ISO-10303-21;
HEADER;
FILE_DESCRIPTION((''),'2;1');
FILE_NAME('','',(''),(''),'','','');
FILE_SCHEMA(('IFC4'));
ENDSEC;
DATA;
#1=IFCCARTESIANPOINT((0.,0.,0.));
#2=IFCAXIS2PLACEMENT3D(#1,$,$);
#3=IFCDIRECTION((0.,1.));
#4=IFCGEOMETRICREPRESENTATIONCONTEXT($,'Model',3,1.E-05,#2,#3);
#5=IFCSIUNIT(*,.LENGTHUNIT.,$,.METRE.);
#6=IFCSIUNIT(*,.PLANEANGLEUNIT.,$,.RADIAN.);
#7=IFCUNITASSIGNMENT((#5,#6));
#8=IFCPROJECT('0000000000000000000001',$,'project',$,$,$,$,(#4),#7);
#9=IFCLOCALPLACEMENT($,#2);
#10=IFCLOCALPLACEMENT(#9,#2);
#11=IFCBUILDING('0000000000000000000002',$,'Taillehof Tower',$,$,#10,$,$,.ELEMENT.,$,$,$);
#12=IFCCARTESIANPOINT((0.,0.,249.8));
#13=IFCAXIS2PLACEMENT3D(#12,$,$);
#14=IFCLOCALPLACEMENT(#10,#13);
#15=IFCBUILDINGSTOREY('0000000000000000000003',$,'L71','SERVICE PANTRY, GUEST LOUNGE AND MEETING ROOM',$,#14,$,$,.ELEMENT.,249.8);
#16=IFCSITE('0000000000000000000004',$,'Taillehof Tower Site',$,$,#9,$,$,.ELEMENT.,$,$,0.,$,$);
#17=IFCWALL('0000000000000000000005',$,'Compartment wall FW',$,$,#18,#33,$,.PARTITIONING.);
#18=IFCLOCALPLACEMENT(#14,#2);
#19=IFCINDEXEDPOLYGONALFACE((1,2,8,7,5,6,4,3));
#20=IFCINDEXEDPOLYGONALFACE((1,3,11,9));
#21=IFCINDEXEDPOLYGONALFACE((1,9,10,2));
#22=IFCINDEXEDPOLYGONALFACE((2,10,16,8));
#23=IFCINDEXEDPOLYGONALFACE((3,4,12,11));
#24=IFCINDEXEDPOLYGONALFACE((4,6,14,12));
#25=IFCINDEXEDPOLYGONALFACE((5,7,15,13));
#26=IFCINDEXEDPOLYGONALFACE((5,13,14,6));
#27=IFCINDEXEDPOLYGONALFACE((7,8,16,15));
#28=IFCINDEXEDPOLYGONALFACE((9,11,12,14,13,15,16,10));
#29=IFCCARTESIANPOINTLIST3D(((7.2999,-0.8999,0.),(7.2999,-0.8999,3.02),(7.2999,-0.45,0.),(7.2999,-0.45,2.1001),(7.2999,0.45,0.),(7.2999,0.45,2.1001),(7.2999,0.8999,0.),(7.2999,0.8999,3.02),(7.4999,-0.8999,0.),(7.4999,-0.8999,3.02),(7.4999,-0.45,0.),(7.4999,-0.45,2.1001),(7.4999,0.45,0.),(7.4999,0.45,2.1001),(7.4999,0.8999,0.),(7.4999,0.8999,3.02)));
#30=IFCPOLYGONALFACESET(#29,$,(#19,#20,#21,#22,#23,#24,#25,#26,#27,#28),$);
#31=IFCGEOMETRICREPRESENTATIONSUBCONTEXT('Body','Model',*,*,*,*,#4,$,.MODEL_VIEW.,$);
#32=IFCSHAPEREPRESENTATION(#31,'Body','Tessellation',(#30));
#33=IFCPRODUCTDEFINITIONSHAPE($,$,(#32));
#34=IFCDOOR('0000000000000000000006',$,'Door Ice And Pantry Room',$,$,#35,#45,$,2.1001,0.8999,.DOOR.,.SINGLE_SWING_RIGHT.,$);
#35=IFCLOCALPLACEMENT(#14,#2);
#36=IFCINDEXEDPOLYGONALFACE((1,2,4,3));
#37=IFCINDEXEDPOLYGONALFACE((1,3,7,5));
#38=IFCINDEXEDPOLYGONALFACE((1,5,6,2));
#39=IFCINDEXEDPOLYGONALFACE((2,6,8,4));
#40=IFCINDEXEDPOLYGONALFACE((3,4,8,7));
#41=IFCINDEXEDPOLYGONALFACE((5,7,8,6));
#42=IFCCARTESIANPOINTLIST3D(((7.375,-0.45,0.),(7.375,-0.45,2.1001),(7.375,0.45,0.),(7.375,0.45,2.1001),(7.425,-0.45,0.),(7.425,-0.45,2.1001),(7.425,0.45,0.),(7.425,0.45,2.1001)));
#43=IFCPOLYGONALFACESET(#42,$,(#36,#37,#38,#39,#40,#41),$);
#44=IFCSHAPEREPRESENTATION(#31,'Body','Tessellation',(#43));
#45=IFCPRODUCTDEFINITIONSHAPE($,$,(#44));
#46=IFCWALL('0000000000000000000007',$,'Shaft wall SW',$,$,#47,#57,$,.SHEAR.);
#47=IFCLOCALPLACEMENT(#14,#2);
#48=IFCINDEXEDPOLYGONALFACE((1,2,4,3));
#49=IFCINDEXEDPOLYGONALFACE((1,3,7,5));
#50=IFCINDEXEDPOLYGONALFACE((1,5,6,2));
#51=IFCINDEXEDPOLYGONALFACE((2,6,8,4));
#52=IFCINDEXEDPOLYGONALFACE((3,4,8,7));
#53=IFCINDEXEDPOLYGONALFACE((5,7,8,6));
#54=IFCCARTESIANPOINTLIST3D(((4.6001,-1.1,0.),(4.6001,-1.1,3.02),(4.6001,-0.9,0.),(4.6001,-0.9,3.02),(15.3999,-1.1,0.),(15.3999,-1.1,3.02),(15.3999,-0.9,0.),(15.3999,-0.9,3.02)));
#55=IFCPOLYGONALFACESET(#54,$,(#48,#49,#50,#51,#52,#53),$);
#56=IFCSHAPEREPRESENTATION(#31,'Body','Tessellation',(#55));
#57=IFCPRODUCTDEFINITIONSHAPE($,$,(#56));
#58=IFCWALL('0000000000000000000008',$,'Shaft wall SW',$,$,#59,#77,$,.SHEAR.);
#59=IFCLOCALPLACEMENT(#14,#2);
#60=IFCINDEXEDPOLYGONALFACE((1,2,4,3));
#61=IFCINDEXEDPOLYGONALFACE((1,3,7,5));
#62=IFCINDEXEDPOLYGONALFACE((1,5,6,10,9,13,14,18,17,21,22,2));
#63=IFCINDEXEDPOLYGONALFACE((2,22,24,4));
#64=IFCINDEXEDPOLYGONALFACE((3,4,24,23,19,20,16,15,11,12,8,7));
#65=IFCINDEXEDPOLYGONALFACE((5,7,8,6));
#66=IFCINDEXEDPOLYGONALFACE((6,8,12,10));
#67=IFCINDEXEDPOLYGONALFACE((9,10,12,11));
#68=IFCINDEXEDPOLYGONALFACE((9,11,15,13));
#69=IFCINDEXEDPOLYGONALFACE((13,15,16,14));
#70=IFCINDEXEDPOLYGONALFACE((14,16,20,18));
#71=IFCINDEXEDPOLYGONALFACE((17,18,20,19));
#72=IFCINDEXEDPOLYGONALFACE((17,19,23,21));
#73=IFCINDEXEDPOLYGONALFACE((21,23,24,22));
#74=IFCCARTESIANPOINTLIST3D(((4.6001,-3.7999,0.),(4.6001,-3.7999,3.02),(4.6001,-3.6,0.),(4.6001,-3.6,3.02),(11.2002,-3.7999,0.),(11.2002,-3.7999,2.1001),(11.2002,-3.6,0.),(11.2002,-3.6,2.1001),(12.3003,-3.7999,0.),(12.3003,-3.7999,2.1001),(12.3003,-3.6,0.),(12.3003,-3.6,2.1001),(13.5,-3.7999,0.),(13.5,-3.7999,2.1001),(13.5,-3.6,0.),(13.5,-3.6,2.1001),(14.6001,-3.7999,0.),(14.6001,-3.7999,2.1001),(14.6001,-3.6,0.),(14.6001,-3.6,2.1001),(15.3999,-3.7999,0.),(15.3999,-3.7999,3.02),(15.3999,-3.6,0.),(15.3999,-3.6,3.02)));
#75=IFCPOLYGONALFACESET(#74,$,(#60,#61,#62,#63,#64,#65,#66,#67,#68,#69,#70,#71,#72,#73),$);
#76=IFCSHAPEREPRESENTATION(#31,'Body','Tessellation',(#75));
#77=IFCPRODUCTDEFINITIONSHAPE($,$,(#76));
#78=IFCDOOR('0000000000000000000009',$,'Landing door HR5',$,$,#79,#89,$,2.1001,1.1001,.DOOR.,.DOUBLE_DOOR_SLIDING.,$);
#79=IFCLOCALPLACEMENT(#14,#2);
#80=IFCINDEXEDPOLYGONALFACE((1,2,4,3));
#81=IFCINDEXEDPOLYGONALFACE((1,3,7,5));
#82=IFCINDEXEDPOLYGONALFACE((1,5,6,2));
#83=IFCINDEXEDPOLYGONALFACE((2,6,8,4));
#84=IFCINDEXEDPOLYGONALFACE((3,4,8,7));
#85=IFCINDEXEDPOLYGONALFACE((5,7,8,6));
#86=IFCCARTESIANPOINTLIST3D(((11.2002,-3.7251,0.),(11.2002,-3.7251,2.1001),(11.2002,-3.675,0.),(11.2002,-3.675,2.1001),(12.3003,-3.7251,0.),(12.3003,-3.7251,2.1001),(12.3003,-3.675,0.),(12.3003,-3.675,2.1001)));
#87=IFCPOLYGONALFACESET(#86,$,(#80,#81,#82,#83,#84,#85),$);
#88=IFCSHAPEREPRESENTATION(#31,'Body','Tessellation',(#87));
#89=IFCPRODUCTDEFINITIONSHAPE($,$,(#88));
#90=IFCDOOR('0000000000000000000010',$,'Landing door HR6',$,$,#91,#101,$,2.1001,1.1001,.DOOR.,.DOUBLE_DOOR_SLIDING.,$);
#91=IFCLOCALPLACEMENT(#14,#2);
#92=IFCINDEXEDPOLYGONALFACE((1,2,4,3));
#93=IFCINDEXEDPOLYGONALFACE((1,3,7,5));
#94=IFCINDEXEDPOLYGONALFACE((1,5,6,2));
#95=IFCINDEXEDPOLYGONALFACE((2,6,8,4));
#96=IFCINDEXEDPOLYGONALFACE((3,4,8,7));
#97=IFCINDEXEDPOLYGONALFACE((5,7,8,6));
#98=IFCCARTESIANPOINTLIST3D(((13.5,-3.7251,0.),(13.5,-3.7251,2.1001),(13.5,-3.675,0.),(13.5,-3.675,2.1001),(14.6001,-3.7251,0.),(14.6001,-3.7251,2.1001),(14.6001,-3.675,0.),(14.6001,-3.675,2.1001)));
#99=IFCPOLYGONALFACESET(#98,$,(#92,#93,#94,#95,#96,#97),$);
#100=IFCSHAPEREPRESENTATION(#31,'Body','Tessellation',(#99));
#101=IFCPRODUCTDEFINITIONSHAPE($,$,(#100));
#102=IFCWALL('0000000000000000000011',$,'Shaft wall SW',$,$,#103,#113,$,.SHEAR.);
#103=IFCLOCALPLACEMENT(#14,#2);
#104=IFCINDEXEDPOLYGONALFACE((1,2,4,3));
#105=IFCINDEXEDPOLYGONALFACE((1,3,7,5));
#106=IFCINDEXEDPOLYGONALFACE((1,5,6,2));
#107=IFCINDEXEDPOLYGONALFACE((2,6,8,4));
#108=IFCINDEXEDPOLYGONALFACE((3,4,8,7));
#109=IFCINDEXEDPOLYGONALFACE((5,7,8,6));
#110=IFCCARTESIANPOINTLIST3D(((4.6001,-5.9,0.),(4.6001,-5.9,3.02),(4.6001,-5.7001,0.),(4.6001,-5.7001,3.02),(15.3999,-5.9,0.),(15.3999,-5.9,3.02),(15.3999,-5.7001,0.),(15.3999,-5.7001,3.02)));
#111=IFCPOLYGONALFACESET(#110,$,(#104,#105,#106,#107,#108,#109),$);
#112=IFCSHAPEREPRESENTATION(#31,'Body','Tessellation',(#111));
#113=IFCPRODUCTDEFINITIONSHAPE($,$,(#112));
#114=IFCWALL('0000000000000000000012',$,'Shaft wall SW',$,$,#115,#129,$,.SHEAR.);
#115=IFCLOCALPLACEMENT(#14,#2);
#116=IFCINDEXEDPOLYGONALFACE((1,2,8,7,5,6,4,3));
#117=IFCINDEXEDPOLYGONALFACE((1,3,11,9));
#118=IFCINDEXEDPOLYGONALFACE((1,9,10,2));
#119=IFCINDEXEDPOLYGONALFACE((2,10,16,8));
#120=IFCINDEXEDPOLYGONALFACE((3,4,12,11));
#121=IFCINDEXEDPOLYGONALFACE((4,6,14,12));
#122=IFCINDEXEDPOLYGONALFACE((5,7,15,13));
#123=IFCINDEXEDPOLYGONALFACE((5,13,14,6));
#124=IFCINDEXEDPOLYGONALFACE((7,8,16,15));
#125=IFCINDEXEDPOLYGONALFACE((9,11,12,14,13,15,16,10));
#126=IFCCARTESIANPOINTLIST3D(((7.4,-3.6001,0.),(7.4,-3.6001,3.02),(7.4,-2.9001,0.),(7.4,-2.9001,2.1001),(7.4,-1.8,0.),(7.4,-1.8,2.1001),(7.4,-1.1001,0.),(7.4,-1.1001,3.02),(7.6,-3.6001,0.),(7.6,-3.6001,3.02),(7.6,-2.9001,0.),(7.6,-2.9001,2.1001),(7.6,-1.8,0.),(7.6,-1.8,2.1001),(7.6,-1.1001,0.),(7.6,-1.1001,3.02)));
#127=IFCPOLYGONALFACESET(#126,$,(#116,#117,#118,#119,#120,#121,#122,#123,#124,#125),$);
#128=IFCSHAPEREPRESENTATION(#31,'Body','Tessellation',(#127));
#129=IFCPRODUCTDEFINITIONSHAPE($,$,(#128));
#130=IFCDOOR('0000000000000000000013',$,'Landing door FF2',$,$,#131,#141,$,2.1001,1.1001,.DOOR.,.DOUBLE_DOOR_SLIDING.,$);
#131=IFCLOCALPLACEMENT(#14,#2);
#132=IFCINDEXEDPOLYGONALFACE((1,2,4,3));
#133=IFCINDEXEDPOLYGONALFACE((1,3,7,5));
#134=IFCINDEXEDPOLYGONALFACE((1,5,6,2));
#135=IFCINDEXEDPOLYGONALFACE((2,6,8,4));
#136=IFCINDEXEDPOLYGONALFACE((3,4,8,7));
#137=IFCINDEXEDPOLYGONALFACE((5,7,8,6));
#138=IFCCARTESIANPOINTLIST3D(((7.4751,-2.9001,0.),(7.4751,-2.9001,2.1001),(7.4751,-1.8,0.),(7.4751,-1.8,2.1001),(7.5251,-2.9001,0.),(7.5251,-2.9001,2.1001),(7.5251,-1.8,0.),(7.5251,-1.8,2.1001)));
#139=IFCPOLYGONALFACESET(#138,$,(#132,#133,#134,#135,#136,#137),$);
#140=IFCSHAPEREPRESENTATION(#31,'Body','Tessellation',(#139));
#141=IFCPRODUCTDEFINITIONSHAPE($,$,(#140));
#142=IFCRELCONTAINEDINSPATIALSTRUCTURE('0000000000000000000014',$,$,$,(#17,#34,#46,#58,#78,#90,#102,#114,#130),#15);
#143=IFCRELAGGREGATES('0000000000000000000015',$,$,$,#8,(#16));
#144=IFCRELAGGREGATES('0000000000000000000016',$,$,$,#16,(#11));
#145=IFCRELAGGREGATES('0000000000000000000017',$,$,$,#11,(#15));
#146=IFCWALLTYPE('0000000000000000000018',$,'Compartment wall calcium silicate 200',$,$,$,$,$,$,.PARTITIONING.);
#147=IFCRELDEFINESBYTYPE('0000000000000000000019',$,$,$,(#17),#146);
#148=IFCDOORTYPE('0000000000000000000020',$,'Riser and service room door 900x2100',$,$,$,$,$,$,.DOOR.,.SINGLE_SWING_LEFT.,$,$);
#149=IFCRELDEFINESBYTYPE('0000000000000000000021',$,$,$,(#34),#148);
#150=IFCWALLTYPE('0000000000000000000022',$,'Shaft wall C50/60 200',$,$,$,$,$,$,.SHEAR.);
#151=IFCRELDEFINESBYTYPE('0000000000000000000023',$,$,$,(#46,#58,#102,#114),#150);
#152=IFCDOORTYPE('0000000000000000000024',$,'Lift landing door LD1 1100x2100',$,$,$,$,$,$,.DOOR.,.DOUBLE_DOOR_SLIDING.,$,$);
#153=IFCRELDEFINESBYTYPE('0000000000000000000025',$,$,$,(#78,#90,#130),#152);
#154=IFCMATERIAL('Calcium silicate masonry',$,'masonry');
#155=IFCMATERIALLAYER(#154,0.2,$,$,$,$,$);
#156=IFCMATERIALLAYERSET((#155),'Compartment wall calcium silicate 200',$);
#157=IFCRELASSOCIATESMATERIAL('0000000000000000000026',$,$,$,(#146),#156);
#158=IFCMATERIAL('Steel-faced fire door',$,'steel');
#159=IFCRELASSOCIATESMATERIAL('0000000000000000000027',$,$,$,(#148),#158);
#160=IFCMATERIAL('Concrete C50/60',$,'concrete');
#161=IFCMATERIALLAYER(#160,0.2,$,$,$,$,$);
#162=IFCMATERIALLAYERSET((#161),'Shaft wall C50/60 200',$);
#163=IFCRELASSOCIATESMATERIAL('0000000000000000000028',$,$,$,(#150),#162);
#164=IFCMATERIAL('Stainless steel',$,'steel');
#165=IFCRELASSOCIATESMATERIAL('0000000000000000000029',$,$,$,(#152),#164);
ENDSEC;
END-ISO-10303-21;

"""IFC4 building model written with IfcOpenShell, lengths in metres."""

from ifc_helpers import new_model, si_unit, direction, frame, frame_2d, origin, place, context, subcontext, project, spatial, rectangle, extrude, material, layer, layer_set, type_object, element, fill, save


model = new_model("IFC4")

# Units and contexts
model_context = context("Model", 3, precision=1e-05, world=origin(), true_north=direction((0.0, 1.0)))
body_context = subcontext(model_context, "Body", "Model", "MODEL_VIEW")
ifc_project = project(units=[si_unit("LENGTHUNIT", "METRE"), si_unit("PLANEANGLEUNIT", "RADIAN")], contexts=[model_context])

# Site, building, storey
site_placement = place(None, origin())
site = spatial("IfcSite", under=ifc_project, at=site_placement, Name="Taillehof Tower Site", CompositionType="ELEMENT", RefElevation=0.0)
building_placement = place(site_placement, origin())
building = spatial("IfcBuilding", under=site, at=building_placement, Name="Taillehof Tower", CompositionType="ELEMENT")
storey_placement = place(building_placement, frame((0.0, 0.0, 249.8)))
storey = spatial("IfcBuildingStorey", under=building, at=storey_placement, Name="L71", Description="SERVICE PANTRY, GUEST LOUNGE AND MEETING ROOM", CompositionType="ELEMENT", Elevation=249.8)

# Wall, opening, door
ifc_material_1 = material(Name="Calcium silicate masonry", Category="masonry")
ifc_layer_1 = layer(ifc_material_1, 0.2)
ifc_layer_set_1 = layer_set([ifc_layer_1], Name="Compartment wall calcium silicate 200")
wall_type_1 = type_object("IfcWallType", Name="Compartment wall calcium silicate 200", PredefinedType="PARTITIONING", material=ifc_layer_set_1)
wall_1_placement = place(storey_placement, frame((7.3999, -0.8999, 0.0), z_axis=(0.0, 0.0, 1.0), x_axis=(0.0, 1.0, 0.0)))
wall_1 = element("IfcWall", 1, at=wall_1_placement, inside=storey, type_object=wall_type_1, Name="Compartment wall FW", PredefinedType="PARTITIONING", context=body_context, shape_type="SweptSolid", body=[
    extrude(rectangle(XDim=1.7998, YDim=0.2, at=frame_2d((0.8999, 0.0))), origin(), (0.0, 0.0, 1.0), 3.02),
])
opening_1_placement = place(wall_1_placement, frame((0.45, 0.0, 0.0)))
opening_1 = element("IfcOpeningElement", 2, at=opening_1_placement, cuts=wall_1, PredefinedType="OPENING", context=body_context, shape_type="SweptSolid", body=[
    extrude(rectangle(XDim=0.8999, YDim=2.1001, at=frame_2d((0.45, 1.05))), frame((0.0, 0.1099, 0.0), z_axis=(0.0, -1.0, 0.0), x_axis=(1.0, 0.0, 0.0)), (0.0, 0.0, 1.0), 0.22),
])
ifc_material_2 = material(Name="Steel-faced fire door", Category="steel")
door_type_1 = type_object("IfcDoorType", Name="Riser and service room door 900x2100", OperationType="SINGLE_SWING_LEFT", PredefinedType="DOOR", material=ifc_material_2)
door_1_placement = place(opening_1_placement, origin())
door_1 = element("IfcDoor", 3, at=door_1_placement, inside=storey, type_object=door_type_1, Name="Door Ice And Pantry Room", OperationType="SINGLE_SWING_RIGHT", OverallHeight=2.1001, OverallWidth=0.8999, PredefinedType="DOOR", context=body_context, shape_type="SweptSolid", body=[
    extrude(rectangle(XDim=0.8999, YDim=2.1001, at=frame_2d((0.45, 1.05))), frame((0.0, 0.0249, 0.0), z_axis=(0.0, -1.0, 0.0), x_axis=(1.0, 0.0, 0.0)), (0.0, 0.0, 1.0), 0.05),
])
fill(opening_1, door_1)

# Wall
ifc_material_3 = material(Name="Concrete C50/60", Category="concrete")
ifc_layer_2 = layer(ifc_material_3, 0.2)
ifc_layer_set_2 = layer_set([ifc_layer_2], Name="Shaft wall C50/60 200")
wall_type_2 = type_object("IfcWallType", Name="Shaft wall C50/60 200", PredefinedType="SHEAR", material=ifc_layer_set_2)
wall_2_placement = place(storey_placement, frame((4.6001, -1.0, 0.0), z_axis=(0.0, 0.0, 1.0), x_axis=(1.0, 0.0, 0.0)))
element("IfcWall", 4, at=wall_2_placement, inside=storey, type_object=wall_type_2, Name="Shaft wall SW", PredefinedType="SHEAR", context=body_context, shape_type="SweptSolid", body=[
    extrude(rectangle(XDim=10.7998, YDim=0.2, at=frame_2d((5.3999, 0.0))), origin(), (0.0, 0.0, 1.0), 3.02),
])

# Wall, openings, doors
wall_3_placement = place(storey_placement, frame((4.6001, -3.7, 0.0), z_axis=(0.0, 0.0, 1.0), x_axis=(1.0, 0.0, 0.0)))
wall_3 = element("IfcWall", 5, at=wall_3_placement, inside=storey, type_object=wall_type_2, Name="Shaft wall SW", PredefinedType="SHEAR", context=body_context, shape_type="SweptSolid", body=[
    extrude(rectangle(XDim=10.7998, YDim=0.2, at=frame_2d((5.3999, 0.0))), origin(), (0.0, 0.0, 1.0), 3.02),
])
opening_2_placement = place(wall_3_placement, frame((6.6001, 0.0, 0.0)))
opening_2 = element("IfcOpeningElement", 6, at=opening_2_placement, cuts=wall_3, PredefinedType="OPENING", context=body_context, shape_type="SweptSolid", body=[
    extrude(rectangle(XDim=1.1001, YDim=2.1001, at=frame_2d((0.55, 1.05))), frame((0.0, 0.1099, 0.0), z_axis=(0.0, -1.0, 0.0), x_axis=(1.0, 0.0, 0.0)), (0.0, 0.0, 1.0), 0.22),
])
opening_3_placement = place(wall_3_placement, frame((8.8999, 0.0, 0.0)))
opening_3 = element("IfcOpeningElement", 7, at=opening_3_placement, cuts=wall_3, PredefinedType="OPENING", context=body_context, shape_type="SweptSolid", body=[
    extrude(rectangle(XDim=1.1001, YDim=2.1001, at=frame_2d((0.55, 1.05))), frame((0.0, 0.1099, 0.0), z_axis=(0.0, -1.0, 0.0), x_axis=(1.0, 0.0, 0.0)), (0.0, 0.0, 1.0), 0.22),
])
ifc_material_4 = material(Name="Stainless steel", Category="steel")
door_type_2 = type_object("IfcDoorType", Name="Lift landing door LD1 1100x2100", OperationType="DOUBLE_DOOR_SLIDING", PredefinedType="DOOR", material=ifc_material_4)
door_2_placement = place(opening_2_placement, origin())
door_2 = element("IfcDoor", 8, at=door_2_placement, inside=storey, type_object=door_type_2, Name="Landing door HR5", OperationType="DOUBLE_DOOR_SLIDING", OverallHeight=2.1001, OverallWidth=1.1001, PredefinedType="DOOR", context=body_context, shape_type="SweptSolid", body=[
    extrude(rectangle(XDim=1.1001, YDim=2.1001, at=frame_2d((0.55, 1.05))), frame((0.0, 0.0249, 0.0), z_axis=(0.0, -1.0, 0.0), x_axis=(1.0, 0.0, 0.0)), (0.0, 0.0, 1.0), 0.05),
])
fill(opening_2, door_2)
door_3_placement = place(opening_3_placement, origin())
door_3 = element("IfcDoor", 9, at=door_3_placement, inside=storey, type_object=door_type_2, Name="Landing door HR6", OperationType="DOUBLE_DOOR_SLIDING", OverallHeight=2.1001, OverallWidth=1.1001, PredefinedType="DOOR", context=body_context, shape_type="SweptSolid", body=[
    extrude(rectangle(XDim=1.1001, YDim=2.1001, at=frame_2d((0.55, 1.05))), frame((0.0, 0.0249, 0.0), z_axis=(0.0, -1.0, 0.0), x_axis=(1.0, 0.0, 0.0)), (0.0, 0.0, 1.0), 0.05),
])
fill(opening_3, door_3)

# Wall
wall_4_placement = place(storey_placement, frame((4.6001, -5.8, 0.0), z_axis=(0.0, 0.0, 1.0), x_axis=(1.0, 0.0, 0.0)))
element("IfcWall", 10, at=wall_4_placement, inside=storey, type_object=wall_type_2, Name="Shaft wall SW", PredefinedType="SHEAR", context=body_context, shape_type="SweptSolid", body=[
    extrude(rectangle(XDim=10.7998, YDim=0.2, at=frame_2d((5.3999, 0.0))), origin(), (0.0, 0.0, 1.0), 3.02),
])

# Wall, opening, door
wall_5_placement = place(storey_placement, frame((7.5, -3.6001, 0.0), z_axis=(0.0, 0.0, 1.0), x_axis=(0.0, 1.0, 0.0)))
wall_5 = element("IfcWall", 11, at=wall_5_placement, inside=storey, type_object=wall_type_2, Name="Shaft wall SW", PredefinedType="SHEAR", context=body_context, shape_type="SweptSolid", body=[
    extrude(rectangle(XDim=2.5, YDim=0.2, at=frame_2d((1.25, 0.0))), origin(), (0.0, 0.0, 1.0), 3.02),
])
opening_4_placement = place(wall_5_placement, frame((0.7, 0.0, 0.0)))
opening_4 = element("IfcOpeningElement", 12, at=opening_4_placement, cuts=wall_5, PredefinedType="OPENING", context=body_context, shape_type="SweptSolid", body=[
    extrude(rectangle(XDim=1.1001, YDim=2.1001, at=frame_2d((0.55, 1.05))), frame((0.0, 0.1099, 0.0), z_axis=(0.0, -1.0, 0.0), x_axis=(1.0, 0.0, 0.0)), (0.0, 0.0, 1.0), 0.22),
])
door_4_placement = place(opening_4_placement, origin())
door_4 = element("IfcDoor", 13, at=door_4_placement, inside=storey, type_object=door_type_2, Name="Landing door FF2", OperationType="DOUBLE_DOOR_SLIDING", OverallHeight=2.1001, OverallWidth=1.1001, PredefinedType="DOOR", context=body_context, shape_type="SweptSolid", body=[
    extrude(rectangle(XDim=1.1001, YDim=2.1001, at=frame_2d((0.55, 1.05))), frame((0.0, 0.0249, 0.0), z_axis=(0.0, -1.0, 0.0), x_axis=(1.0, 0.0, 0.0)), (0.0, 0.0, 1.0), 0.05),
])
fill(opening_4, door_4)

save(model, "model.ifc")
